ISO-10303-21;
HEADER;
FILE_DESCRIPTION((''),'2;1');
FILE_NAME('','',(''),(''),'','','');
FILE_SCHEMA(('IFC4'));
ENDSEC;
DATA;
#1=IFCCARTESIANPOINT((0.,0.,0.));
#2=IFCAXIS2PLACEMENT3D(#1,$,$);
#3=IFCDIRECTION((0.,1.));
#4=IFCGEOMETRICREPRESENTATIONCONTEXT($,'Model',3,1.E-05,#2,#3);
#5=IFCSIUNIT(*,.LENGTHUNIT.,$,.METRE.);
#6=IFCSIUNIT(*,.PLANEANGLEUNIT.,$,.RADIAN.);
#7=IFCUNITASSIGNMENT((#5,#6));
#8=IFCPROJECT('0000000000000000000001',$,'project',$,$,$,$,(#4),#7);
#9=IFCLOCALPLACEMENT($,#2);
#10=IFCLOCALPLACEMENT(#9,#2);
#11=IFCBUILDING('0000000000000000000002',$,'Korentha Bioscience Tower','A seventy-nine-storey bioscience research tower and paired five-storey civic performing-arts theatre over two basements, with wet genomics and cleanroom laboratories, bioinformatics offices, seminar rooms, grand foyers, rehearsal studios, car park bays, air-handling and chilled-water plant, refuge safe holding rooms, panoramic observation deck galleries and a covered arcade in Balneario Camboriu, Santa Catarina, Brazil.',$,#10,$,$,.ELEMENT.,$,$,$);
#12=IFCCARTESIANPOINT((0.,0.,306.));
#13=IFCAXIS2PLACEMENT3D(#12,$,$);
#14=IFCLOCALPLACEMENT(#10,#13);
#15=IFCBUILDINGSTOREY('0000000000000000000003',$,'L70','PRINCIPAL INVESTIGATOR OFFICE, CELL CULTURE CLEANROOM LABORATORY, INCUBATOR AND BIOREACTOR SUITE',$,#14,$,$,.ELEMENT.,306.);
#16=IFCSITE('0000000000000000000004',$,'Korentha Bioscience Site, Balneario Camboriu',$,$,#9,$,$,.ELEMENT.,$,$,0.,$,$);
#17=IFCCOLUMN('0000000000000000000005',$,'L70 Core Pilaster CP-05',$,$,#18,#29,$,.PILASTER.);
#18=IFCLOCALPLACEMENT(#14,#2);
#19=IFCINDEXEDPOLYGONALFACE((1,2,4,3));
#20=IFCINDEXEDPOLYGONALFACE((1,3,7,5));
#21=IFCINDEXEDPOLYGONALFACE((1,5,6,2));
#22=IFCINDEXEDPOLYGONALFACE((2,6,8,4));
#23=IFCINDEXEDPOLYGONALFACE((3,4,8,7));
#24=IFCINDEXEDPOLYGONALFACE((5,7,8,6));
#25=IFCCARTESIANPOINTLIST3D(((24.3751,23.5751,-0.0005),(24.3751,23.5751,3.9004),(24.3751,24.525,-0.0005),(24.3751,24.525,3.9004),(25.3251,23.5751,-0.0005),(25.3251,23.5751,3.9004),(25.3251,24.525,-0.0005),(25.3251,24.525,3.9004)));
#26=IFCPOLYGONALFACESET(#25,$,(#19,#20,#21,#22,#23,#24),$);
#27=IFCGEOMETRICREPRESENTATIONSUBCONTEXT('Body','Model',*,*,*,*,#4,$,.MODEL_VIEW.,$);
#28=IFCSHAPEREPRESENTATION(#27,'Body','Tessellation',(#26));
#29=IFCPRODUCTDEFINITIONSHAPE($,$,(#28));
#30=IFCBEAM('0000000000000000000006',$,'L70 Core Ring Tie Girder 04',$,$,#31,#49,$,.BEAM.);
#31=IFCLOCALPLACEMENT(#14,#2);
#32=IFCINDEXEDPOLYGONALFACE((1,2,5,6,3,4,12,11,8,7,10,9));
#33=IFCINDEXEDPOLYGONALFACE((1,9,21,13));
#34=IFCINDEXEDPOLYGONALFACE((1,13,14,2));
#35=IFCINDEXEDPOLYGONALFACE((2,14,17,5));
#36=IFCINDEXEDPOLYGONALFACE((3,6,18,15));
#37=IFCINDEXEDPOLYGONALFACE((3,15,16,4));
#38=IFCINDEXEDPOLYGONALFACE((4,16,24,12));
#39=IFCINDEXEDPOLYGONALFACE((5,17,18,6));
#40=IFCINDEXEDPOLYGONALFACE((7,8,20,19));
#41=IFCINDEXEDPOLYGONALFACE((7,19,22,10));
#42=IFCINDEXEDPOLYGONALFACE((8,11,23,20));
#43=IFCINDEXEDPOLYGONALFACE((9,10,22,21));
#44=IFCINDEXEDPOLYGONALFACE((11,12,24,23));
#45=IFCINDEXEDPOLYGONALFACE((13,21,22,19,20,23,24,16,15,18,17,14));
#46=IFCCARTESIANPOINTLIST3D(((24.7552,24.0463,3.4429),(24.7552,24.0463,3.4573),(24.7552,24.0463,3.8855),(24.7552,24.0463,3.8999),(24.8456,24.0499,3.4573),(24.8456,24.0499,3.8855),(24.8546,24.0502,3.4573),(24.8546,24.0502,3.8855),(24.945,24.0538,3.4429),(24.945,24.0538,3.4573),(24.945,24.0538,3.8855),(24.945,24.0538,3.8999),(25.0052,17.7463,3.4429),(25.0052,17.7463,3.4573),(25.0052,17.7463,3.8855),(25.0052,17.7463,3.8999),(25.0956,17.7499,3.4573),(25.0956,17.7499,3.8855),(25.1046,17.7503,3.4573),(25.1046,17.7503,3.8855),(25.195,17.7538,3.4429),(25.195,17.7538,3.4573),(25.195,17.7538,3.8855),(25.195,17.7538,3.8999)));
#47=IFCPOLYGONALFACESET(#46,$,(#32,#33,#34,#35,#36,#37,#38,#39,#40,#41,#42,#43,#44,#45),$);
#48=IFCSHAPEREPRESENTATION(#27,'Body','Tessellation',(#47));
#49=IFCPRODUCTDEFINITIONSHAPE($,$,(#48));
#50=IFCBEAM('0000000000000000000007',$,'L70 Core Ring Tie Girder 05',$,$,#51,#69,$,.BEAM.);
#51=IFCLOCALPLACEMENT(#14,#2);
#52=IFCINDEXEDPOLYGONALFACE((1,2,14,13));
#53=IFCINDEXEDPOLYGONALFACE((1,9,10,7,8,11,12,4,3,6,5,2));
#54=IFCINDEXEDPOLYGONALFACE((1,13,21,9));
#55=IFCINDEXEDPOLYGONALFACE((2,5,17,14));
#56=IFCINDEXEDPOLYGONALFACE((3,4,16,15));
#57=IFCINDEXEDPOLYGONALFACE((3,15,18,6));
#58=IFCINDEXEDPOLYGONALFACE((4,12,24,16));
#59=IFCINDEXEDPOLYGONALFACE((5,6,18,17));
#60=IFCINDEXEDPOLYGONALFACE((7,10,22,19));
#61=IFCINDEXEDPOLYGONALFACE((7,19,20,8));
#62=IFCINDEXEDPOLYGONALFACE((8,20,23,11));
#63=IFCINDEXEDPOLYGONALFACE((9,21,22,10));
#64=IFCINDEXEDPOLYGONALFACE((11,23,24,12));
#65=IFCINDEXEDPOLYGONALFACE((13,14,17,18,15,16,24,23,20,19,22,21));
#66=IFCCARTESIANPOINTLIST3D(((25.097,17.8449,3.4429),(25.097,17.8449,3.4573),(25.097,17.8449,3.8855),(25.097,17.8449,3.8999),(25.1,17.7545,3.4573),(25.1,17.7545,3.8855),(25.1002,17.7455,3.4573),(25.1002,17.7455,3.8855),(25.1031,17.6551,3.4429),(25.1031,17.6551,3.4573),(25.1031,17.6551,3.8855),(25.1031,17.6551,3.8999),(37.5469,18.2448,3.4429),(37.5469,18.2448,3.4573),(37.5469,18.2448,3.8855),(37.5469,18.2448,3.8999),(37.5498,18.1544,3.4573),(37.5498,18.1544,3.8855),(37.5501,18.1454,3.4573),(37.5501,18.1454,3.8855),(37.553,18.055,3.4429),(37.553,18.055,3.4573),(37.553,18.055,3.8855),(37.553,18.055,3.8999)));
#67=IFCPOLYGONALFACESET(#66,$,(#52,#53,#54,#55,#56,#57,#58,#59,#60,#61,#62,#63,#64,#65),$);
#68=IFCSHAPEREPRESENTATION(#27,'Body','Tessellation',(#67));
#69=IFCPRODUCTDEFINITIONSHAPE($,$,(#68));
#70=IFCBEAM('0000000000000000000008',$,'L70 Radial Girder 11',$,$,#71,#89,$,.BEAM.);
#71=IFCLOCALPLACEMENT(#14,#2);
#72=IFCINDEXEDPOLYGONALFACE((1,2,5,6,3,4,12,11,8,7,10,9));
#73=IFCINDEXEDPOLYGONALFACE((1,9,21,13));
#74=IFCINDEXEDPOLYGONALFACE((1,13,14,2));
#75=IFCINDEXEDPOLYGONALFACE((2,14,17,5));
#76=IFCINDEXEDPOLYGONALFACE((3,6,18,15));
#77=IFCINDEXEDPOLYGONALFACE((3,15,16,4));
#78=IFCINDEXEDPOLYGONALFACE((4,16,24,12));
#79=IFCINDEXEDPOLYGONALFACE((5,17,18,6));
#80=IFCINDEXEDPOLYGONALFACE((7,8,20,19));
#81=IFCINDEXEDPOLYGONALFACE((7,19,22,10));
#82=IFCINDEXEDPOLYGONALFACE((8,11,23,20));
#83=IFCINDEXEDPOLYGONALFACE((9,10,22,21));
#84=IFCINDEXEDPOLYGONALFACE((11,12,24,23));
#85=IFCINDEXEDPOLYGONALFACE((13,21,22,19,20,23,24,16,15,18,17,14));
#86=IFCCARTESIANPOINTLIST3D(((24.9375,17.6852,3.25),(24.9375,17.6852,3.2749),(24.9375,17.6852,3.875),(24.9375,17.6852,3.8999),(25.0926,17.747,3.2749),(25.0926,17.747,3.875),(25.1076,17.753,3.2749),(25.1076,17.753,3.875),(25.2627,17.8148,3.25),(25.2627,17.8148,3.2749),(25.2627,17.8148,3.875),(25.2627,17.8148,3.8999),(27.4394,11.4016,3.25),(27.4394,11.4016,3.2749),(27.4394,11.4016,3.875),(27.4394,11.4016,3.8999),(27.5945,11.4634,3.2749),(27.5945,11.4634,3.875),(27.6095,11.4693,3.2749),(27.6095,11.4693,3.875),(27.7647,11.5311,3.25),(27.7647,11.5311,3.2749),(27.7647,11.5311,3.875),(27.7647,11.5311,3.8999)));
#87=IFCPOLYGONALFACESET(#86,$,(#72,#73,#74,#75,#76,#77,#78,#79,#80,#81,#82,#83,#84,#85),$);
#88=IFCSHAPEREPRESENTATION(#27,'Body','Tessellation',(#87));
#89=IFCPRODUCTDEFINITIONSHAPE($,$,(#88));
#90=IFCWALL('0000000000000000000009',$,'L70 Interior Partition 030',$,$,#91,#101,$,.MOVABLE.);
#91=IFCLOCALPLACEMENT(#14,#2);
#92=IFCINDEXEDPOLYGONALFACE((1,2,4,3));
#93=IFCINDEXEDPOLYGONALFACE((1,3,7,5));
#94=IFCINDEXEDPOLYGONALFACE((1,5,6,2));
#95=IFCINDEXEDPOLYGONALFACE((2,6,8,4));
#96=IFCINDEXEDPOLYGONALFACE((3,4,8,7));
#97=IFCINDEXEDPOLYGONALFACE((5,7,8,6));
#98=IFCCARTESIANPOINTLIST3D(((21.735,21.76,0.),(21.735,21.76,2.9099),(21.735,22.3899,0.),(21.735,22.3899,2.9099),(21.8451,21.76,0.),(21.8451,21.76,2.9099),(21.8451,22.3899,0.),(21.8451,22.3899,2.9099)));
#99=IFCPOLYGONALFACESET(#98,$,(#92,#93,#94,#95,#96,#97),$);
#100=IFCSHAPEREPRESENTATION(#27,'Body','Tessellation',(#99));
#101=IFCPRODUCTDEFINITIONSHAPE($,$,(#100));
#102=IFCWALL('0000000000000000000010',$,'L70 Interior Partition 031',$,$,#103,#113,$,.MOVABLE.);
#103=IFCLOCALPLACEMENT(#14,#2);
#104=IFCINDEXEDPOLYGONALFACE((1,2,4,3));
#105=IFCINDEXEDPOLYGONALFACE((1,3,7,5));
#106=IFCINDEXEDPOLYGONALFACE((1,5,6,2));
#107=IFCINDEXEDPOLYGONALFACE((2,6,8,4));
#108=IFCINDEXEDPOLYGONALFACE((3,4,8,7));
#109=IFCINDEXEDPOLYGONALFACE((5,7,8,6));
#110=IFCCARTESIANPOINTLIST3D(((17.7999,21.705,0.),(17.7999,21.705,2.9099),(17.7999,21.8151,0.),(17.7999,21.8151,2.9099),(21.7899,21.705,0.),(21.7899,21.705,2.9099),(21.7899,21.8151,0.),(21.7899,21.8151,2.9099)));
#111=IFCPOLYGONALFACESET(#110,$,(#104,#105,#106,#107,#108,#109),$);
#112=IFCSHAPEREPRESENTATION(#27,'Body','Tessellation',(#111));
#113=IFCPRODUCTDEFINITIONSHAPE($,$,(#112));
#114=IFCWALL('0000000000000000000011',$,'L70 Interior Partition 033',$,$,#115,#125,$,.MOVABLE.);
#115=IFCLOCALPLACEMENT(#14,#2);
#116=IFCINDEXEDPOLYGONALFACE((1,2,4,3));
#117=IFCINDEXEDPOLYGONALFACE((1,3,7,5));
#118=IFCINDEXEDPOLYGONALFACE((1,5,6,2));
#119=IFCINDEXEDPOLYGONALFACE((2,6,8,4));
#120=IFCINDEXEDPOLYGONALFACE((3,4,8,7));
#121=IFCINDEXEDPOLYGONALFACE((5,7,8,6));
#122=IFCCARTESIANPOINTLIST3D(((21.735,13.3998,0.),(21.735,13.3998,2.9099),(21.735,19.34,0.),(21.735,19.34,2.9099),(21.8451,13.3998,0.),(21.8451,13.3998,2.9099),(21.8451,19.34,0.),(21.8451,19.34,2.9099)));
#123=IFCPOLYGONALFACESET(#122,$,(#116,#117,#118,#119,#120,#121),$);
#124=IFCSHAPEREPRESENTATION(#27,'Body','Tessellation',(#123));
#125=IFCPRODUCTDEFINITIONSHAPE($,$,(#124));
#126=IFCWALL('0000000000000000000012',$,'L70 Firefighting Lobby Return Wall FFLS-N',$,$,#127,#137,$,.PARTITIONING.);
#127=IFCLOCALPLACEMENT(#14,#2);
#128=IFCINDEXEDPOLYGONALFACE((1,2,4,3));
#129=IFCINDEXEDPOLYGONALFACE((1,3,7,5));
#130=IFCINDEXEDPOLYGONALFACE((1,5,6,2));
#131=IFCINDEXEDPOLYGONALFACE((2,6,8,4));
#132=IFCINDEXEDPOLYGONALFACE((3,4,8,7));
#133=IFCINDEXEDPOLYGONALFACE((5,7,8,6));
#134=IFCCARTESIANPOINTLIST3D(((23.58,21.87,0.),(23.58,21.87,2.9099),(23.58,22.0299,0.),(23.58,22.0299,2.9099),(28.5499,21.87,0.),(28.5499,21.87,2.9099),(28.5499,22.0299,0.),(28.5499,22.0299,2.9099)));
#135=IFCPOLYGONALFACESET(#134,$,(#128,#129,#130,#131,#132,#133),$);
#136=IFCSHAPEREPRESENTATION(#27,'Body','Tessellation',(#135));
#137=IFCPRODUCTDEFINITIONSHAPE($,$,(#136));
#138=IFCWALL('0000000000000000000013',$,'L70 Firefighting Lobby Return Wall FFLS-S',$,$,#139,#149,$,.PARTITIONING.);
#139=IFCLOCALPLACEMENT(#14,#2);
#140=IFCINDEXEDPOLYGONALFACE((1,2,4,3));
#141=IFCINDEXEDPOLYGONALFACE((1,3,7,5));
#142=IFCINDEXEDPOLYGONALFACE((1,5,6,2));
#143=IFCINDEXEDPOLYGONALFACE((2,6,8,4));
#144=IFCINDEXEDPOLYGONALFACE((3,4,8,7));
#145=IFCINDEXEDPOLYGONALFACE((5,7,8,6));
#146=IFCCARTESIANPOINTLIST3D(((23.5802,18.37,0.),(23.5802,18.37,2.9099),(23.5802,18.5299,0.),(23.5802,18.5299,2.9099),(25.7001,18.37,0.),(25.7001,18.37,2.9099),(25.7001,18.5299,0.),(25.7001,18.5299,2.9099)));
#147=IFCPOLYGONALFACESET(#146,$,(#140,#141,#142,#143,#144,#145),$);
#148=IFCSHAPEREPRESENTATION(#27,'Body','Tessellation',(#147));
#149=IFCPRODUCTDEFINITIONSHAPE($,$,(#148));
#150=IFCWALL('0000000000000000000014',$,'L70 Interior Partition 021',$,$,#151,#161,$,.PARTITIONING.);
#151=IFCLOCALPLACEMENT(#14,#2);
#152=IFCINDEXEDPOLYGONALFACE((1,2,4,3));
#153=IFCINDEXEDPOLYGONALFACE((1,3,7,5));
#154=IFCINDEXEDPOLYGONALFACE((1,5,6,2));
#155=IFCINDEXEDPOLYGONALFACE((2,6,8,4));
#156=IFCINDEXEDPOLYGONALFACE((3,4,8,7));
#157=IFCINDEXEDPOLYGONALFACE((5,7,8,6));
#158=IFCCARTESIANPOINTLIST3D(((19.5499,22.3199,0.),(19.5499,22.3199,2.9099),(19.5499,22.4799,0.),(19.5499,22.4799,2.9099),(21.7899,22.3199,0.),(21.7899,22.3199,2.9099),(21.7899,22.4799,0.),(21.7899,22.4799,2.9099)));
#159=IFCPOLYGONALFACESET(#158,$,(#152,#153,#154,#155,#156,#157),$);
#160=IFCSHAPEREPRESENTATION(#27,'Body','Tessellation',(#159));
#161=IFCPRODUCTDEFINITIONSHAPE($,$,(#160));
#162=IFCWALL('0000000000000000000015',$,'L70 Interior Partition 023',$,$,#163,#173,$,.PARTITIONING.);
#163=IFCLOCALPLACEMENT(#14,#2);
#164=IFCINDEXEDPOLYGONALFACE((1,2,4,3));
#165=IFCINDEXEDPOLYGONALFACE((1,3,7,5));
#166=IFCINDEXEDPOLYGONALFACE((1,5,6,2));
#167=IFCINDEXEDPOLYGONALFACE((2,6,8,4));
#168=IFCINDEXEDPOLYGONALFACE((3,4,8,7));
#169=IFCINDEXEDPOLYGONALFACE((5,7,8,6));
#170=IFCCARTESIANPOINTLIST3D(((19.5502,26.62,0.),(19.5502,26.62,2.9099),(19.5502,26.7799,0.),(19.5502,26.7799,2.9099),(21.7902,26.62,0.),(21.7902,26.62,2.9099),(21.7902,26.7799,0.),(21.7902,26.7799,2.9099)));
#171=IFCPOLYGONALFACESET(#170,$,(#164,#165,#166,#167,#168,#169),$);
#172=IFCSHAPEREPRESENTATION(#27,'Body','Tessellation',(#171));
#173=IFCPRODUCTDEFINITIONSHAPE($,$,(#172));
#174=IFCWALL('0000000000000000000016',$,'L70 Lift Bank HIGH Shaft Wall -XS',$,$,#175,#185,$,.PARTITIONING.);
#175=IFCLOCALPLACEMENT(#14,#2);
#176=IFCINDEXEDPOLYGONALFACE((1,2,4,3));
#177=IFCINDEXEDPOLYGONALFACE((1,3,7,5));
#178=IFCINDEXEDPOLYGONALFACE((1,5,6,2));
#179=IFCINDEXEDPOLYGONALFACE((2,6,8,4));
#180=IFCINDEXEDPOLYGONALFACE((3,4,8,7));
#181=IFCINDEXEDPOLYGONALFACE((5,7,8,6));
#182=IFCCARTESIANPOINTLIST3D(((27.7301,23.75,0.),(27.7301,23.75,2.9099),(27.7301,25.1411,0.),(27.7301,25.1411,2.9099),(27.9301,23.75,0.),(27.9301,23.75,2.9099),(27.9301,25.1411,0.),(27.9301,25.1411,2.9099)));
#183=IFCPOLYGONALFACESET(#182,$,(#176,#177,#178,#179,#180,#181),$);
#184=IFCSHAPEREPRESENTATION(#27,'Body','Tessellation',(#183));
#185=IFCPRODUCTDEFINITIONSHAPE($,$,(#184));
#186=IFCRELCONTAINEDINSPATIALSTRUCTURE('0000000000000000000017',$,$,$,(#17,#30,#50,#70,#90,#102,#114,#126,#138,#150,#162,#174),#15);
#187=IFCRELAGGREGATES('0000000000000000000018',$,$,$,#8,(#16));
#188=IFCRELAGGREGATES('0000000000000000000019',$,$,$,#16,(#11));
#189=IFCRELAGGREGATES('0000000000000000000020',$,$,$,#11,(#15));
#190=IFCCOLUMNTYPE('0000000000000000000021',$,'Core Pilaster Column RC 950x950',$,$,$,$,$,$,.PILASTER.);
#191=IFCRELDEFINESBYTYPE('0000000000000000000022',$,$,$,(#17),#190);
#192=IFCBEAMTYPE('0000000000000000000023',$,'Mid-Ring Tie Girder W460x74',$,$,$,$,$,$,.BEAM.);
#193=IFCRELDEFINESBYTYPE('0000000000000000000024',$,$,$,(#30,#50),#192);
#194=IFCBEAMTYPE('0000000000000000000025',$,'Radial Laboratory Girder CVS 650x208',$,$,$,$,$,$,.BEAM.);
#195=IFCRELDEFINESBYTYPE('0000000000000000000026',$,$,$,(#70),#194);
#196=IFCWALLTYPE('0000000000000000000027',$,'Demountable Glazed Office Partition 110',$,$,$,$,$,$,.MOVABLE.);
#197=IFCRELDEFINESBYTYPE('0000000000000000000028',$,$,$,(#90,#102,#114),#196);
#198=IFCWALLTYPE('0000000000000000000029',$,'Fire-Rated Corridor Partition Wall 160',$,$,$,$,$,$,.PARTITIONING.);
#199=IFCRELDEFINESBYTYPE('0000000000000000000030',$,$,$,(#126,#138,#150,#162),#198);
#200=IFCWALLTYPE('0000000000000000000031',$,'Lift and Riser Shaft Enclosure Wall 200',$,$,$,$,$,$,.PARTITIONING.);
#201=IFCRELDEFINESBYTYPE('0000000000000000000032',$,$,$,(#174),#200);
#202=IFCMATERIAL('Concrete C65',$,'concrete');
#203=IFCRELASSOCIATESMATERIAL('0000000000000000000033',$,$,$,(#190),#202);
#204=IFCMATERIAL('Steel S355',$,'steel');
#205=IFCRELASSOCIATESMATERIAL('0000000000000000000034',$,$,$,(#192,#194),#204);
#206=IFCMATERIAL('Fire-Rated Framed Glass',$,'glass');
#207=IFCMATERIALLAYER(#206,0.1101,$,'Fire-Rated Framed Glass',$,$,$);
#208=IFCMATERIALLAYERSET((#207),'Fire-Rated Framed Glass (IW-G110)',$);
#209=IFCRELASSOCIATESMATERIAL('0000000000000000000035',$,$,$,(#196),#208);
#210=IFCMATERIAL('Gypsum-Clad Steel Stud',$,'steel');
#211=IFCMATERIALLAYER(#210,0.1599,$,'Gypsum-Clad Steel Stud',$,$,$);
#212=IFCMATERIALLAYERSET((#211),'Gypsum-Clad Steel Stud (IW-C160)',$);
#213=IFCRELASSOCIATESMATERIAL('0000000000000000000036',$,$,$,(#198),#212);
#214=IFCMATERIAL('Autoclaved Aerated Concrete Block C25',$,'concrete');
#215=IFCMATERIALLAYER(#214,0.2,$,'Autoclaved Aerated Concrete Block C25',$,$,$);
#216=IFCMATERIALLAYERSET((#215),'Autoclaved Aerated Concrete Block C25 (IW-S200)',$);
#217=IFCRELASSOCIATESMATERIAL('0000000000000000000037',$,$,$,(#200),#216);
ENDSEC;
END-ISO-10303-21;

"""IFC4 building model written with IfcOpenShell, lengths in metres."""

from ifc_helpers import new_model, si_unit, direction, frame, frame_2d, origin, origin_2d, place, context, subcontext, project, spatial, rectangle, i_section, extrude, material, layer, layer_set, material_profile, profile_set, type_object, element, save


model = new_model("IFC4")

# Units and contexts
model_context = context("Model", 3, precision=1e-05, world=origin(), true_north=direction((0.0, 1.0)))
body_context = subcontext(model_context, "Body", "Model", "MODEL_VIEW")
ifc_project = project(units=[si_unit("LENGTHUNIT", "METRE"), si_unit("PLANEANGLEUNIT", "RADIAN")], contexts=[model_context])

# Site, building, storey
site_placement = place(None, origin())
site = spatial("IfcSite", under=ifc_project, at=site_placement, Name="Korentha Bioscience Site, Balneario Camboriu", CompositionType="ELEMENT", RefElevation=0.0)
building_placement = place(site_placement, origin())
building = spatial("IfcBuilding", under=site, at=building_placement, Name="Korentha Bioscience Tower", Description="A seventy-nine-storey bioscience research tower and paired five-storey civic performing-arts theatre over two basements, with wet genomics and cleanroom laboratories, bioinformatics offices, seminar rooms, grand foyers, rehearsal studios, car park bays, air-handling and chilled-water plant, refuge safe holding rooms, panoramic observation deck galleries and a covered arcade in Balneario Camboriu, Santa Catarina, Brazil.", CompositionType="ELEMENT")
storey_placement = place(building_placement, frame((0.0, 0.0, 306.0)))
storey = spatial("IfcBuildingStorey", under=building, at=storey_placement, Name="L70", Description="PRINCIPAL INVESTIGATOR OFFICE, CELL CULTURE CLEANROOM LABORATORY, INCUBATOR AND BIOREACTOR SUITE", CompositionType="ELEMENT", Elevation=306.0)

# Column
ifc_material_1 = material(Name="Concrete C65", Category="concrete")
ifc_material_profile_1 = material_profile(ifc_material_1, rectangle(XDim=0.95, YDim=0.95, at=origin_2d()), Name="Concrete C65")
ifc_profile_set_1 = profile_set([ifc_material_profile_1], Name="Concrete C65 (COL-CP09)")
column_type = type_object("IfcColumnType", Name="Core Pilaster Column RC 950x950", PredefinedType="PILASTER", material=ifc_profile_set_1)
column_placement = place(storey_placement, frame((24.8501, 24.05, -0.0005), z_axis=(0.0, 0.0, 1.0), x_axis=(1.0, 0.0, 0.0)))
element("IfcColumn", 1, at=column_placement, inside=storey, type_object=column_type, Name="L70 Core Pilaster CP-05", PredefinedType="PILASTER", context=body_context, shape_type="SweptSolid", body=[
    extrude(rectangle(XDim=0.95, YDim=0.95, at=origin_2d()), origin(), (0.0, 0.0, 1.0), 3.9009),
])

# Beams
ifc_material_2 = material(Name="Steel S355", Category="steel")
ifc_material_profile_2 = material_profile(ifc_material_2, i_section(OverallWidth=0.1899, OverallDepth=0.457, WebThickness=0.009, FlangeThickness=0.0144, at=origin_2d()), Name="Steel S355")
ifc_profile_set_2 = profile_set([ifc_material_profile_2], Name="Steel S355 (MB-460)")
beam_type_1 = type_object("IfcBeamType", Name="Mid-Ring Tie Girder W460x74", PredefinedType="BEAM", material=ifc_profile_set_2)
beam_1_placement = place(storey_placement, frame((24.8501, 24.05, 3.6714), z_axis=(0.039651, -0.999214, 0.0), x_axis=(0.999214, 0.039651, 0.0)))
element("IfcBeam", 2, at=beam_1_placement, inside=storey, type_object=beam_type_1, Name="L70 Core Ring Tie Girder 04", PredefinedType="BEAM", context=body_context, shape_type="SweptSolid", body=[
    extrude(i_section(OverallWidth=0.1899, OverallDepth=0.457, WebThickness=0.009, FlangeThickness=0.0144, at=origin_2d()), origin(), (0.0, 0.0, 1.0), 6.3049),
])
beam_2_placement = place(storey_placement, frame((25.1001, 17.75, 3.6714), z_axis=(0.999485, 0.032104, 0.0), x_axis=(-0.032104, 0.999485, 0.0)))
element("IfcBeam", 3, at=beam_2_placement, inside=storey, type_object=beam_type_1, Name="L70 Core Ring Tie Girder 05", PredefinedType="BEAM", context=body_context, shape_type="SweptSolid", body=[
    extrude(i_section(OverallWidth=0.1899, OverallDepth=0.457, WebThickness=0.009, FlangeThickness=0.0144, at=origin_2d()), origin(), (0.0, 0.0, 1.0), 12.4563),
])
ifc_material_profile_3 = material_profile(ifc_material_2, i_section(OverallWidth=0.3501, OverallDepth=0.6499, WebThickness=0.0161, FlangeThickness=0.0249, at=origin_2d()), Name="Steel S355")
ifc_profile_set_3 = profile_set([ifc_material_profile_3], Name="Steel S355 (RB-650)")
beam_type_2 = type_object("IfcBeamType", Name="Radial Laboratory Girder CVS 650x208", PredefinedType="BEAM", material=ifc_profile_set_3)
beam_3_placement = place(storey_placement, frame((25.1001, 17.75, 3.575), z_axis=(0.369921, -0.929063, 0.0), x_axis=(0.929063, 0.369921, 0.0)))
element("IfcBeam", 4, at=beam_3_placement, inside=storey, type_object=beam_type_2, Name="L70 Radial Girder 11", PredefinedType="BEAM", context=body_context, shape_type="SweptSolid", body=[
    extrude(i_section(OverallWidth=0.3501, OverallDepth=0.6499, WebThickness=0.0161, FlangeThickness=0.0249, at=origin_2d()), origin(), (0.0, 0.0, 1.0), 6.7634),
])

# Walls
ifc_material_3 = material(Name="Fire-Rated Framed Glass", Category="glass")
ifc_layer_1 = layer(ifc_material_3, 0.1101, Name="Fire-Rated Framed Glass")
ifc_layer_set_1 = layer_set([ifc_layer_1], Name="Fire-Rated Framed Glass (IW-G110)")
wall_type_1 = type_object("IfcWallType", Name="Demountable Glazed Office Partition 110", PredefinedType="MOVABLE", material=ifc_layer_set_1)
wall_1_placement = place(storey_placement, frame((21.79, 22.3899, 0.0), z_axis=(0.0, 0.0, 1.0), x_axis=(0.0, -1.0, 0.0)))
element("IfcWall", 5, at=wall_1_placement, inside=storey, type_object=wall_type_1, Name="L70 Interior Partition 030", PredefinedType="MOVABLE", context=body_context, shape_type="SweptSolid", body=[
    extrude(rectangle(XDim=0.6299, YDim=0.1101, at=frame_2d((0.3149, 0.0))), origin(), (0.0, 0.0, 1.0), 2.9099),
])
wall_2_placement = place(storey_placement, frame((21.79, 21.76, 0.0), z_axis=(0.0, 0.0, 1.0), x_axis=(-1.0, 0.0, 0.0)))
element("IfcWall", 6, at=wall_2_placement, inside=storey, type_object=wall_type_1, Name="L70 Interior Partition 031", PredefinedType="MOVABLE", context=body_context, shape_type="SweptSolid", body=[
    extrude(rectangle(XDim=3.99, YDim=0.1101, at=frame_2d((1.9951, 0.0))), origin(), (0.0, 0.0, 1.0), 2.9099),
])
wall_3_placement = place(storey_placement, frame((21.79, 19.3401, 0.0), z_axis=(0.0, 0.0, 1.0), x_axis=(0.0, -1.0, 0.0)))
element("IfcWall", 7, at=wall_3_placement, inside=storey, type_object=wall_type_1, Name="L70 Interior Partition 033", PredefinedType="MOVABLE", context=body_context, shape_type="SweptSolid", body=[
    extrude(rectangle(XDim=5.9402, YDim=0.1101, at=frame_2d((2.9702, 0.0))), origin(), (0.0, 0.0, 1.0), 2.9099),
])

# Shared definitions
ifc_material_4 = material(Name="Gypsum-Clad Steel Stud", Category="steel")
ifc_layer_2 = layer(ifc_material_4, 0.1599, Name="Gypsum-Clad Steel Stud")
ifc_layer_set_2 = layer_set([ifc_layer_2], Name="Gypsum-Clad Steel Stud (IW-C160)")
wall_type_2 = type_object("IfcWallType", Name="Fire-Rated Corridor Partition Wall 160", PredefinedType="PARTITIONING", material=ifc_layer_set_2)

# Walls
wall_4_placement = place(storey_placement, frame((23.5801, 21.95, 0.0), z_axis=(0.0, 0.0, 1.0), x_axis=(1.0, 0.0, 0.0)))
element("IfcWall", 8, at=wall_4_placement, inside=storey, type_object=wall_type_2, Name="L70 Firefighting Lobby Return Wall FFLS-N", PredefinedType="PARTITIONING", context=body_context, shape_type="SweptSolid", body=[
    extrude(rectangle(XDim=4.97, YDim=0.1599, at=frame_2d((2.4849, 0.0))), origin(), (0.0, 0.0, 1.0), 2.9099),
])
wall_5_placement = place(storey_placement, frame((23.5801, 18.45, 0.0), z_axis=(0.0, 0.0, 1.0), x_axis=(1.0, 0.0, 0.0)))
element("IfcWall", 9, at=wall_5_placement, inside=storey, type_object=wall_type_2, Name="L70 Firefighting Lobby Return Wall FFLS-S", PredefinedType="PARTITIONING", context=body_context, shape_type="SweptSolid", body=[
    extrude(rectangle(XDim=2.1199, YDim=0.1599, at=frame_2d((1.0601, 0.0))), origin(), (0.0, 0.0, 1.0), 2.9099),
])
for number, where, z_axis, x_axis, name in (
    (10, (21.79, 22.3999, 0.0), (0.0, 0.0, 1.0), (-1.0, 0.0, 0.0), "L70 Interior Partition 021"),
    (11, (19.55, 26.7, 0.0), (0.0, 0.0, 1.0), (1.0, 0.0, 0.0), "L70 Interior Partition 023"),
):
    element("IfcWall", number, at=place(storey_placement, frame(where, z_axis=z_axis, x_axis=x_axis)), inside=storey, type_object=wall_type_2, Name=name, PredefinedType="PARTITIONING", context=body_context, shape_type="SweptSolid", body=[
        extrude(rectangle(XDim=2.24, YDim=0.1599, at=frame_2d((1.1201, 0.0))), origin(), (0.0, 0.0, 1.0), 2.9099),
    ])
ifc_material_5 = material(Name="Autoclaved Aerated Concrete Block C25", Category="concrete")
ifc_layer_3 = layer(ifc_material_5, 0.2, Name="Autoclaved Aerated Concrete Block C25")
ifc_layer_set_3 = layer_set([ifc_layer_3], Name="Autoclaved Aerated Concrete Block C25 (IW-S200)")
wall_type_3 = type_object("IfcWallType", Name="Lift and Riser Shaft Enclosure Wall 200", PredefinedType="PARTITIONING", material=ifc_layer_set_3)
wall_6_placement = place(storey_placement, frame((27.8301, 23.75, 0.0), z_axis=(0.0, 0.0, 1.0), x_axis=(0.0, 1.0, 0.0)))
element("IfcWall", 12, at=wall_6_placement, inside=storey, type_object=wall_type_3, Name="L70 Lift Bank HIGH Shaft Wall -XS", PredefinedType="PARTITIONING", context=body_context, shape_type="SweptSolid", body=[
    extrude(rectangle(XDim=1.3911, YDim=0.2, at=frame_2d((0.6956, 0.0))), origin(), (0.0, 0.0, 1.0), 2.9099),
])

save(model, "model.ifc")
